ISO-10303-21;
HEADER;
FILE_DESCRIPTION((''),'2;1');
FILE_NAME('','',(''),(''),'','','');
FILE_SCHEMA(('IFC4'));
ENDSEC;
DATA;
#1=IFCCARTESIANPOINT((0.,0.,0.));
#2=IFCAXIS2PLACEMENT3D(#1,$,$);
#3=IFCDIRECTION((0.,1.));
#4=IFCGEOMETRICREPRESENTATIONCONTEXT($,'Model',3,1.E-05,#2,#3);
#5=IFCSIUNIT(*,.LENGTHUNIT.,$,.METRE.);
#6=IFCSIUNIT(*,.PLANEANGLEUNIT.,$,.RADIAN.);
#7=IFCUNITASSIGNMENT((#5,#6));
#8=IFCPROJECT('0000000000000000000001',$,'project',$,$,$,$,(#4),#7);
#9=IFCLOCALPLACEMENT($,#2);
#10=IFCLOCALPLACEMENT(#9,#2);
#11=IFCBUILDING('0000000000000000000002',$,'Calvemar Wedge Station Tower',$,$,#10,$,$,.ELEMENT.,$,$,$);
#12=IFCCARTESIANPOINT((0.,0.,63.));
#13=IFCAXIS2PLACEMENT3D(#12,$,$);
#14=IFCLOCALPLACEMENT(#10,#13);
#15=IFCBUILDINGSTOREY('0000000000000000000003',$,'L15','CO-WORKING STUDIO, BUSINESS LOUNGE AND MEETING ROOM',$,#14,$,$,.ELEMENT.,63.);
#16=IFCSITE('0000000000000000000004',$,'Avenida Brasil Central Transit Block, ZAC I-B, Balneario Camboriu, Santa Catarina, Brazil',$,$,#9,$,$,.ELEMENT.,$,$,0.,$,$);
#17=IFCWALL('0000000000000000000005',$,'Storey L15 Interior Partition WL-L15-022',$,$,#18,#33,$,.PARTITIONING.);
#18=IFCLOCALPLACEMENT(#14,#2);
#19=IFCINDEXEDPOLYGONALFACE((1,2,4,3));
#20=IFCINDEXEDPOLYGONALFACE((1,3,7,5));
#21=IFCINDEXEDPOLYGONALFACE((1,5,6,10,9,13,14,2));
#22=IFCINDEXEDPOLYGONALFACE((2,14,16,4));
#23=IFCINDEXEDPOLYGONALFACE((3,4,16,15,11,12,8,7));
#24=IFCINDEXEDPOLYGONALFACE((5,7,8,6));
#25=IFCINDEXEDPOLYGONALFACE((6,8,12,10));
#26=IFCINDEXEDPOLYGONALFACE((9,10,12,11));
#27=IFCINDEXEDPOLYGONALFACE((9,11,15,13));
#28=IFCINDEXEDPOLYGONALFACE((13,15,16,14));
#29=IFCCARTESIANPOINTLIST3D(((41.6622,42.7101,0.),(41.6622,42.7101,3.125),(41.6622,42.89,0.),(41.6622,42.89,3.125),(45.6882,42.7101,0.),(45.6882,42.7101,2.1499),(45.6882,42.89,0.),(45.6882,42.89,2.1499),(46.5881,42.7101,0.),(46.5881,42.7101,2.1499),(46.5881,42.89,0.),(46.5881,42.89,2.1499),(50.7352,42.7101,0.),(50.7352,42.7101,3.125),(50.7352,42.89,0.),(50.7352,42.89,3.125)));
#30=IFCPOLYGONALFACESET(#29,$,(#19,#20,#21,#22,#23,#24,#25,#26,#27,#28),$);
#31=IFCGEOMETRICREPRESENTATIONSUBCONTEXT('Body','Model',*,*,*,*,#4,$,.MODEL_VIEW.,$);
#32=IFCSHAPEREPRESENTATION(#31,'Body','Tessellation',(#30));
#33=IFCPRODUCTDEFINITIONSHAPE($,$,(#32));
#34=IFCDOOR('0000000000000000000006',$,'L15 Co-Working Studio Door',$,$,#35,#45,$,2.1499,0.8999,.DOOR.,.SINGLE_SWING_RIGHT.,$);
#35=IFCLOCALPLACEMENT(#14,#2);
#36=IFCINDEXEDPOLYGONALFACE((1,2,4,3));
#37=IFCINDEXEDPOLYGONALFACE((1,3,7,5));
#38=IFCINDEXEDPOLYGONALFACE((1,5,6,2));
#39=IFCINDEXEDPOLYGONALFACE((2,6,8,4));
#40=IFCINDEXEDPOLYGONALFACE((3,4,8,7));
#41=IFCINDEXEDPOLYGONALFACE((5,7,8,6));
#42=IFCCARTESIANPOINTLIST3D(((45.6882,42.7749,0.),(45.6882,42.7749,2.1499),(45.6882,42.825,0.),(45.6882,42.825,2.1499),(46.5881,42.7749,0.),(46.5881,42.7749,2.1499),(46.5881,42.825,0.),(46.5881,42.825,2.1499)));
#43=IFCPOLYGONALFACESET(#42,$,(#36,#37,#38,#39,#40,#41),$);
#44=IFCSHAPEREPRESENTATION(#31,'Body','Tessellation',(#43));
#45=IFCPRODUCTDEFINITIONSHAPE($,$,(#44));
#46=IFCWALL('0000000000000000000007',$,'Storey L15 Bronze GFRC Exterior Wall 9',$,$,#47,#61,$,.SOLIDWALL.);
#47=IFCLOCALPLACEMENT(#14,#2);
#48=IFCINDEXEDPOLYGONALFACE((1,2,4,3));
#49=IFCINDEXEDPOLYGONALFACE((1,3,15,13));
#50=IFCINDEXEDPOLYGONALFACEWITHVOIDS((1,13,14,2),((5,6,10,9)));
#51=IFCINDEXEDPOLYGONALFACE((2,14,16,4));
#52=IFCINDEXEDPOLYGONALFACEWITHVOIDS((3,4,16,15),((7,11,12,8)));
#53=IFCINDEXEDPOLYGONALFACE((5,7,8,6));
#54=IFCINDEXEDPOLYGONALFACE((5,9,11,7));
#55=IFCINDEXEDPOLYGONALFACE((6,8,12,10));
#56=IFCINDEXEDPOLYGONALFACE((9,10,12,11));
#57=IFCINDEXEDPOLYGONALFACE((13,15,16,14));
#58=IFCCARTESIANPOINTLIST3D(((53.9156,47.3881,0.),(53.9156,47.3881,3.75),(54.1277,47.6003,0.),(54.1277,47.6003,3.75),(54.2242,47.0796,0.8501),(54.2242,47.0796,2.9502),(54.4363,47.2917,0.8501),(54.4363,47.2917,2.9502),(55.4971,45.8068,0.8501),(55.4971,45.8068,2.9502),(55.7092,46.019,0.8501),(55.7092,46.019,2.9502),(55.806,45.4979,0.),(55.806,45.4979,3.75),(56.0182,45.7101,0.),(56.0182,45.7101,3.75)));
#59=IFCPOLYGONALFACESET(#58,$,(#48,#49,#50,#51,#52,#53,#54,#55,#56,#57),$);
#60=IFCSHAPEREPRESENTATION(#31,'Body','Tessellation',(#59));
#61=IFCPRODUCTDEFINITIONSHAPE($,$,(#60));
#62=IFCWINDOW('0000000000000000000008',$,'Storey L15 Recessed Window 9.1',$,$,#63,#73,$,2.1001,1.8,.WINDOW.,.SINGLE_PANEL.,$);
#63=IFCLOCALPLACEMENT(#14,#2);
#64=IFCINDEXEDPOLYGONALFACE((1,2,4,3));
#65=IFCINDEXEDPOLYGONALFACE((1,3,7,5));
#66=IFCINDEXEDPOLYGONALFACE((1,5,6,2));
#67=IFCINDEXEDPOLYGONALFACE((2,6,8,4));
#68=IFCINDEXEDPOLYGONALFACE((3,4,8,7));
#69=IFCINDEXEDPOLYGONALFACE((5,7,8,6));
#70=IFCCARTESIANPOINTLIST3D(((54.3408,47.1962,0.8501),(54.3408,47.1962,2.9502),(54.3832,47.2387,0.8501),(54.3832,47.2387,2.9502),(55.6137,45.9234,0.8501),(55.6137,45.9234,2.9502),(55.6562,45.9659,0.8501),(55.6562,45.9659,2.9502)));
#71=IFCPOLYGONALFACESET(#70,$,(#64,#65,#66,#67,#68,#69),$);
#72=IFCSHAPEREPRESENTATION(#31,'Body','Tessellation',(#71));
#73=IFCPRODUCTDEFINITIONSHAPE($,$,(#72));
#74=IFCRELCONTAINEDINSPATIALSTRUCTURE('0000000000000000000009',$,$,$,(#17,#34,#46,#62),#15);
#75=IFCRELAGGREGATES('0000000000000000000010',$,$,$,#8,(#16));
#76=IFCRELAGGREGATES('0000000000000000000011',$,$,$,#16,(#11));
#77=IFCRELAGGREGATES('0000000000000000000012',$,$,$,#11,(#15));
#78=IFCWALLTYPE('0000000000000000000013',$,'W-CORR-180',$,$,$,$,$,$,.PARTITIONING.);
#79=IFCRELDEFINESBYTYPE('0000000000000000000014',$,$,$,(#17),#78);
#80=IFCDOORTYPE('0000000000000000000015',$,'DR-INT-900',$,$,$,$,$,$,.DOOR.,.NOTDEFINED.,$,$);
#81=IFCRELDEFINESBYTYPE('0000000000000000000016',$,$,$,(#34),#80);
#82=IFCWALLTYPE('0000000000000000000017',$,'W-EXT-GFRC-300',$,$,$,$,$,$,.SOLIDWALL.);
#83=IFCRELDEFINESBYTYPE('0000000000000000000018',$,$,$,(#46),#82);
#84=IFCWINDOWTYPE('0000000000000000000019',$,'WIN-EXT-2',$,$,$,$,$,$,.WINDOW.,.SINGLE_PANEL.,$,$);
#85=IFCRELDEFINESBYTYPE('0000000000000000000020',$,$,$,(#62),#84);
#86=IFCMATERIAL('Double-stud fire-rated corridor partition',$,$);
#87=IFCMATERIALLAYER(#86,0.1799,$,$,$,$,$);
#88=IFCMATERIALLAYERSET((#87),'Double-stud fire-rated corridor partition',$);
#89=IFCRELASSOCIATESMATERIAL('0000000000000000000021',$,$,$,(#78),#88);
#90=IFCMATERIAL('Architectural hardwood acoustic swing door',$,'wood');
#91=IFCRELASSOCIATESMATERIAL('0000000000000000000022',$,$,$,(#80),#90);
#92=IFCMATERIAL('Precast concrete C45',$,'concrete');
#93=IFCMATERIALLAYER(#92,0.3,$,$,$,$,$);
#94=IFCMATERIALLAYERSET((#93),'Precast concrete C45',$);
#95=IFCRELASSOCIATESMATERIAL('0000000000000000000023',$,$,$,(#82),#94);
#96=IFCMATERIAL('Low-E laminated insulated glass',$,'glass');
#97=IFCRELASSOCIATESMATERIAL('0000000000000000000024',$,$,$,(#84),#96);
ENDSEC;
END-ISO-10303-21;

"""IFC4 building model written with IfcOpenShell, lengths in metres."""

from ifc_helpers import new_model, si_unit, direction, frame, frame_2d, origin, place, context, subcontext, project, spatial, rectangle, extrude, source, transform, mapped, material, layer, layer_set, type_object, element, fill, save


model = new_model("IFC4")

# Units and contexts
model_context = context("Model", 3, precision=1e-05, world=origin(), true_north=direction((0.0, 1.0)))
body_context = subcontext(model_context, "Body", "Model", "MODEL_VIEW")
ifc_project = project(units=[si_unit("LENGTHUNIT", "METRE"), si_unit("PLANEANGLEUNIT", "RADIAN")], contexts=[model_context])

# Site, building, storey
site_placement = place(None, origin())
site = spatial("IfcSite", under=ifc_project, at=site_placement, Name="Avenida Brasil Central Transit Block, ZAC I-B, Balneario Camboriu, Santa Catarina, Brazil", CompositionType="ELEMENT", RefElevation=0.0)
building_placement = place(site_placement, origin())
building = spatial("IfcBuilding", under=site, at=building_placement, Name="Calvemar Wedge Station Tower", CompositionType="ELEMENT")
storey_placement = place(building_placement, frame((0.0, 0.0, 63.0)))
storey = spatial("IfcBuildingStorey", under=building, at=storey_placement, Name="L15", Description="CO-WORKING STUDIO, BUSINESS LOUNGE AND MEETING ROOM", CompositionType="ELEMENT", Elevation=63.0)

# Wall, opening, door
ifc_material_1 = material(Name="Double-stud fire-rated corridor partition")
ifc_layer_1 = layer(ifc_material_1, 0.1799)
ifc_layer_set_1 = layer_set([ifc_layer_1], Name="Double-stud fire-rated corridor partition")
wall_type_1 = type_object("IfcWallType", Name="W-CORR-180", PredefinedType="PARTITIONING", material=ifc_layer_set_1)
shared_shape_1 = source(origin(), body_context, "Body", "SweptSolid", [
    extrude(rectangle(XDim=0.8999, YDim=2.1499, at=frame_2d((0.45, 1.075))), frame((0.0, 0.1001, 0.0), z_axis=(0.0, -1.0, 0.0), x_axis=(1.0, 0.0, 0.0)), (0.0, 0.0, 1.0), 0.2),
])
ifc_material_2 = material(Name="Architectural hardwood acoustic swing door", Category="wood")
door_type = type_object("IfcDoorType", Name="DR-INT-900", OperationType="NOTDEFINED", PredefinedType="DOOR", material=ifc_material_2)
shared_shape_2 = source(origin(), body_context, "Body", "SweptSolid", [
    extrude(rectangle(XDim=0.8999, YDim=2.1499, at=frame_2d((0.45, 1.075))), frame((0.0, 0.0249, 0.0), z_axis=(0.0, -1.0, 0.0), x_axis=(1.0, 0.0, 0.0)), (0.0, 0.0, 1.0), 0.05),
])
wall_1_placement = place(storey_placement, frame((41.6621, 42.8, 0.0), z_axis=(0.0, 0.0, 1.0), x_axis=(1.0, 0.0, 0.0)))
wall_1 = element("IfcWall", 1, at=wall_1_placement, inside=storey, type_object=wall_type_1, Name="Storey L15 Interior Partition WL-L15-022", PredefinedType="PARTITIONING", context=body_context, shape_type="SweptSolid", body=[
    extrude(rectangle(XDim=9.073, YDim=0.1799, at=frame_2d((4.5366, 0.0))), origin(), (0.0, 0.0, 1.0), 3.125),
])
opening_1_placement = place(wall_1_placement, frame((4.0261, 0.0, 0.0)))
opening_1 = element("IfcOpeningElement", 2, at=opening_1_placement, cuts=wall_1, PredefinedType="OPENING", context=body_context, shape_type="MappedRepresentation", body=[
    mapped(shared_shape_1, transform((0.0, 0.0, 0.0), scale=1.0)),
])
door_1_placement = place(opening_1_placement, origin())
door_1 = element("IfcDoor", 3, at=door_1_placement, inside=storey, type_object=door_type, Name="L15 Co-Working Studio Door", OperationType="SINGLE_SWING_RIGHT", OverallHeight=2.1499, OverallWidth=0.8999, PredefinedType="DOOR", context=body_context, shape_type="MappedRepresentation", body=[
    mapped(shared_shape_2, transform((0.0, 0.0, 0.0), scale=1.0)),
])
fill(opening_1, door_1)

# Wall, opening, window
ifc_material_3 = material(Name="Precast concrete C45", Category="concrete")
ifc_layer_2 = layer(ifc_material_3, 0.3)
ifc_layer_set_2 = layer_set([ifc_layer_2], Name="Precast concrete C45")
wall_type_2 = type_object("IfcWallType", Name="W-EXT-GFRC-300", PredefinedType="SOLIDWALL", material=ifc_layer_set_2)
wall_2_placement = place(storey_placement, frame((55.9121, 45.604, 0.0), z_axis=(0.0, 0.0, 1.0), x_axis=(-0.707152, 0.707061, 0.0)))
wall_2 = element("IfcWall", 4, at=wall_2_placement, inside=storey, type_object=wall_type_2, Name="Storey L15 Bronze GFRC Exterior Wall 9", PredefinedType="SOLIDWALL", context=body_context, shape_type="SweptSolid", body=[
    extrude(rectangle(XDim=2.6733, YDim=0.3, at=frame_2d((1.3367, 0.0))), origin(), (0.0, 0.0, 1.0), 3.75),
])
shared_shape_3 = source(origin(), body_context, "Body", "SweptSolid", [
    extrude(rectangle(XDim=1.8, YDim=2.1001, at=frame_2d((0.8999, 1.05))), frame((0.0, 0.1602, 0.0), z_axis=(0.0, -1.0, 0.0), x_axis=(1.0, 0.0, 0.0)), (0.0, 0.0, 1.0), 0.3201),
])
opening_2_placement = place(wall_2_placement, frame((0.437, 0.0, 0.8501)))
opening_2 = element("IfcOpeningElement", 5, at=opening_2_placement, cuts=wall_2, PredefinedType="OPENING", context=body_context, shape_type="MappedRepresentation", body=[
    mapped(shared_shape_3, transform((0.0, 0.0, 0.0), scale=1.0)),
])
ifc_material_4 = material(Name="Low-E laminated insulated glass", Category="glass")
window_type_1 = type_object("IfcWindowType", Name="WIN-EXT-2", PartitioningType="SINGLE_PANEL", PredefinedType="WINDOW", material=ifc_material_4)
shared_shape_4 = source(origin(), body_context, "Body", "SweptSolid", [
    extrude(rectangle(XDim=1.8, YDim=2.1001, at=frame_2d((0.8999, 1.05))), frame((0.0, -0.0149, 0.0), z_axis=(0.0, -1.0, 0.0), x_axis=(1.0, 0.0, 0.0)), (0.0, 0.0, 1.0), 0.0601),
])
window_1_placement = place(opening_2_placement, origin())
window_1 = element("IfcWindow", 6, at=window_1_placement, inside=storey, type_object=window_type_1, Name="Storey L15 Recessed Window 9.1", OverallHeight=2.1001, OverallWidth=1.8, PartitioningType="SINGLE_PANEL", PredefinedType="WINDOW", context=body_context, shape_type="MappedRepresentation", body=[
    mapped(shared_shape_4, transform((0.0, 0.0, 0.0), scale=1.0)),
])
fill(opening_2, window_1)

save(model, "model.ifc")
